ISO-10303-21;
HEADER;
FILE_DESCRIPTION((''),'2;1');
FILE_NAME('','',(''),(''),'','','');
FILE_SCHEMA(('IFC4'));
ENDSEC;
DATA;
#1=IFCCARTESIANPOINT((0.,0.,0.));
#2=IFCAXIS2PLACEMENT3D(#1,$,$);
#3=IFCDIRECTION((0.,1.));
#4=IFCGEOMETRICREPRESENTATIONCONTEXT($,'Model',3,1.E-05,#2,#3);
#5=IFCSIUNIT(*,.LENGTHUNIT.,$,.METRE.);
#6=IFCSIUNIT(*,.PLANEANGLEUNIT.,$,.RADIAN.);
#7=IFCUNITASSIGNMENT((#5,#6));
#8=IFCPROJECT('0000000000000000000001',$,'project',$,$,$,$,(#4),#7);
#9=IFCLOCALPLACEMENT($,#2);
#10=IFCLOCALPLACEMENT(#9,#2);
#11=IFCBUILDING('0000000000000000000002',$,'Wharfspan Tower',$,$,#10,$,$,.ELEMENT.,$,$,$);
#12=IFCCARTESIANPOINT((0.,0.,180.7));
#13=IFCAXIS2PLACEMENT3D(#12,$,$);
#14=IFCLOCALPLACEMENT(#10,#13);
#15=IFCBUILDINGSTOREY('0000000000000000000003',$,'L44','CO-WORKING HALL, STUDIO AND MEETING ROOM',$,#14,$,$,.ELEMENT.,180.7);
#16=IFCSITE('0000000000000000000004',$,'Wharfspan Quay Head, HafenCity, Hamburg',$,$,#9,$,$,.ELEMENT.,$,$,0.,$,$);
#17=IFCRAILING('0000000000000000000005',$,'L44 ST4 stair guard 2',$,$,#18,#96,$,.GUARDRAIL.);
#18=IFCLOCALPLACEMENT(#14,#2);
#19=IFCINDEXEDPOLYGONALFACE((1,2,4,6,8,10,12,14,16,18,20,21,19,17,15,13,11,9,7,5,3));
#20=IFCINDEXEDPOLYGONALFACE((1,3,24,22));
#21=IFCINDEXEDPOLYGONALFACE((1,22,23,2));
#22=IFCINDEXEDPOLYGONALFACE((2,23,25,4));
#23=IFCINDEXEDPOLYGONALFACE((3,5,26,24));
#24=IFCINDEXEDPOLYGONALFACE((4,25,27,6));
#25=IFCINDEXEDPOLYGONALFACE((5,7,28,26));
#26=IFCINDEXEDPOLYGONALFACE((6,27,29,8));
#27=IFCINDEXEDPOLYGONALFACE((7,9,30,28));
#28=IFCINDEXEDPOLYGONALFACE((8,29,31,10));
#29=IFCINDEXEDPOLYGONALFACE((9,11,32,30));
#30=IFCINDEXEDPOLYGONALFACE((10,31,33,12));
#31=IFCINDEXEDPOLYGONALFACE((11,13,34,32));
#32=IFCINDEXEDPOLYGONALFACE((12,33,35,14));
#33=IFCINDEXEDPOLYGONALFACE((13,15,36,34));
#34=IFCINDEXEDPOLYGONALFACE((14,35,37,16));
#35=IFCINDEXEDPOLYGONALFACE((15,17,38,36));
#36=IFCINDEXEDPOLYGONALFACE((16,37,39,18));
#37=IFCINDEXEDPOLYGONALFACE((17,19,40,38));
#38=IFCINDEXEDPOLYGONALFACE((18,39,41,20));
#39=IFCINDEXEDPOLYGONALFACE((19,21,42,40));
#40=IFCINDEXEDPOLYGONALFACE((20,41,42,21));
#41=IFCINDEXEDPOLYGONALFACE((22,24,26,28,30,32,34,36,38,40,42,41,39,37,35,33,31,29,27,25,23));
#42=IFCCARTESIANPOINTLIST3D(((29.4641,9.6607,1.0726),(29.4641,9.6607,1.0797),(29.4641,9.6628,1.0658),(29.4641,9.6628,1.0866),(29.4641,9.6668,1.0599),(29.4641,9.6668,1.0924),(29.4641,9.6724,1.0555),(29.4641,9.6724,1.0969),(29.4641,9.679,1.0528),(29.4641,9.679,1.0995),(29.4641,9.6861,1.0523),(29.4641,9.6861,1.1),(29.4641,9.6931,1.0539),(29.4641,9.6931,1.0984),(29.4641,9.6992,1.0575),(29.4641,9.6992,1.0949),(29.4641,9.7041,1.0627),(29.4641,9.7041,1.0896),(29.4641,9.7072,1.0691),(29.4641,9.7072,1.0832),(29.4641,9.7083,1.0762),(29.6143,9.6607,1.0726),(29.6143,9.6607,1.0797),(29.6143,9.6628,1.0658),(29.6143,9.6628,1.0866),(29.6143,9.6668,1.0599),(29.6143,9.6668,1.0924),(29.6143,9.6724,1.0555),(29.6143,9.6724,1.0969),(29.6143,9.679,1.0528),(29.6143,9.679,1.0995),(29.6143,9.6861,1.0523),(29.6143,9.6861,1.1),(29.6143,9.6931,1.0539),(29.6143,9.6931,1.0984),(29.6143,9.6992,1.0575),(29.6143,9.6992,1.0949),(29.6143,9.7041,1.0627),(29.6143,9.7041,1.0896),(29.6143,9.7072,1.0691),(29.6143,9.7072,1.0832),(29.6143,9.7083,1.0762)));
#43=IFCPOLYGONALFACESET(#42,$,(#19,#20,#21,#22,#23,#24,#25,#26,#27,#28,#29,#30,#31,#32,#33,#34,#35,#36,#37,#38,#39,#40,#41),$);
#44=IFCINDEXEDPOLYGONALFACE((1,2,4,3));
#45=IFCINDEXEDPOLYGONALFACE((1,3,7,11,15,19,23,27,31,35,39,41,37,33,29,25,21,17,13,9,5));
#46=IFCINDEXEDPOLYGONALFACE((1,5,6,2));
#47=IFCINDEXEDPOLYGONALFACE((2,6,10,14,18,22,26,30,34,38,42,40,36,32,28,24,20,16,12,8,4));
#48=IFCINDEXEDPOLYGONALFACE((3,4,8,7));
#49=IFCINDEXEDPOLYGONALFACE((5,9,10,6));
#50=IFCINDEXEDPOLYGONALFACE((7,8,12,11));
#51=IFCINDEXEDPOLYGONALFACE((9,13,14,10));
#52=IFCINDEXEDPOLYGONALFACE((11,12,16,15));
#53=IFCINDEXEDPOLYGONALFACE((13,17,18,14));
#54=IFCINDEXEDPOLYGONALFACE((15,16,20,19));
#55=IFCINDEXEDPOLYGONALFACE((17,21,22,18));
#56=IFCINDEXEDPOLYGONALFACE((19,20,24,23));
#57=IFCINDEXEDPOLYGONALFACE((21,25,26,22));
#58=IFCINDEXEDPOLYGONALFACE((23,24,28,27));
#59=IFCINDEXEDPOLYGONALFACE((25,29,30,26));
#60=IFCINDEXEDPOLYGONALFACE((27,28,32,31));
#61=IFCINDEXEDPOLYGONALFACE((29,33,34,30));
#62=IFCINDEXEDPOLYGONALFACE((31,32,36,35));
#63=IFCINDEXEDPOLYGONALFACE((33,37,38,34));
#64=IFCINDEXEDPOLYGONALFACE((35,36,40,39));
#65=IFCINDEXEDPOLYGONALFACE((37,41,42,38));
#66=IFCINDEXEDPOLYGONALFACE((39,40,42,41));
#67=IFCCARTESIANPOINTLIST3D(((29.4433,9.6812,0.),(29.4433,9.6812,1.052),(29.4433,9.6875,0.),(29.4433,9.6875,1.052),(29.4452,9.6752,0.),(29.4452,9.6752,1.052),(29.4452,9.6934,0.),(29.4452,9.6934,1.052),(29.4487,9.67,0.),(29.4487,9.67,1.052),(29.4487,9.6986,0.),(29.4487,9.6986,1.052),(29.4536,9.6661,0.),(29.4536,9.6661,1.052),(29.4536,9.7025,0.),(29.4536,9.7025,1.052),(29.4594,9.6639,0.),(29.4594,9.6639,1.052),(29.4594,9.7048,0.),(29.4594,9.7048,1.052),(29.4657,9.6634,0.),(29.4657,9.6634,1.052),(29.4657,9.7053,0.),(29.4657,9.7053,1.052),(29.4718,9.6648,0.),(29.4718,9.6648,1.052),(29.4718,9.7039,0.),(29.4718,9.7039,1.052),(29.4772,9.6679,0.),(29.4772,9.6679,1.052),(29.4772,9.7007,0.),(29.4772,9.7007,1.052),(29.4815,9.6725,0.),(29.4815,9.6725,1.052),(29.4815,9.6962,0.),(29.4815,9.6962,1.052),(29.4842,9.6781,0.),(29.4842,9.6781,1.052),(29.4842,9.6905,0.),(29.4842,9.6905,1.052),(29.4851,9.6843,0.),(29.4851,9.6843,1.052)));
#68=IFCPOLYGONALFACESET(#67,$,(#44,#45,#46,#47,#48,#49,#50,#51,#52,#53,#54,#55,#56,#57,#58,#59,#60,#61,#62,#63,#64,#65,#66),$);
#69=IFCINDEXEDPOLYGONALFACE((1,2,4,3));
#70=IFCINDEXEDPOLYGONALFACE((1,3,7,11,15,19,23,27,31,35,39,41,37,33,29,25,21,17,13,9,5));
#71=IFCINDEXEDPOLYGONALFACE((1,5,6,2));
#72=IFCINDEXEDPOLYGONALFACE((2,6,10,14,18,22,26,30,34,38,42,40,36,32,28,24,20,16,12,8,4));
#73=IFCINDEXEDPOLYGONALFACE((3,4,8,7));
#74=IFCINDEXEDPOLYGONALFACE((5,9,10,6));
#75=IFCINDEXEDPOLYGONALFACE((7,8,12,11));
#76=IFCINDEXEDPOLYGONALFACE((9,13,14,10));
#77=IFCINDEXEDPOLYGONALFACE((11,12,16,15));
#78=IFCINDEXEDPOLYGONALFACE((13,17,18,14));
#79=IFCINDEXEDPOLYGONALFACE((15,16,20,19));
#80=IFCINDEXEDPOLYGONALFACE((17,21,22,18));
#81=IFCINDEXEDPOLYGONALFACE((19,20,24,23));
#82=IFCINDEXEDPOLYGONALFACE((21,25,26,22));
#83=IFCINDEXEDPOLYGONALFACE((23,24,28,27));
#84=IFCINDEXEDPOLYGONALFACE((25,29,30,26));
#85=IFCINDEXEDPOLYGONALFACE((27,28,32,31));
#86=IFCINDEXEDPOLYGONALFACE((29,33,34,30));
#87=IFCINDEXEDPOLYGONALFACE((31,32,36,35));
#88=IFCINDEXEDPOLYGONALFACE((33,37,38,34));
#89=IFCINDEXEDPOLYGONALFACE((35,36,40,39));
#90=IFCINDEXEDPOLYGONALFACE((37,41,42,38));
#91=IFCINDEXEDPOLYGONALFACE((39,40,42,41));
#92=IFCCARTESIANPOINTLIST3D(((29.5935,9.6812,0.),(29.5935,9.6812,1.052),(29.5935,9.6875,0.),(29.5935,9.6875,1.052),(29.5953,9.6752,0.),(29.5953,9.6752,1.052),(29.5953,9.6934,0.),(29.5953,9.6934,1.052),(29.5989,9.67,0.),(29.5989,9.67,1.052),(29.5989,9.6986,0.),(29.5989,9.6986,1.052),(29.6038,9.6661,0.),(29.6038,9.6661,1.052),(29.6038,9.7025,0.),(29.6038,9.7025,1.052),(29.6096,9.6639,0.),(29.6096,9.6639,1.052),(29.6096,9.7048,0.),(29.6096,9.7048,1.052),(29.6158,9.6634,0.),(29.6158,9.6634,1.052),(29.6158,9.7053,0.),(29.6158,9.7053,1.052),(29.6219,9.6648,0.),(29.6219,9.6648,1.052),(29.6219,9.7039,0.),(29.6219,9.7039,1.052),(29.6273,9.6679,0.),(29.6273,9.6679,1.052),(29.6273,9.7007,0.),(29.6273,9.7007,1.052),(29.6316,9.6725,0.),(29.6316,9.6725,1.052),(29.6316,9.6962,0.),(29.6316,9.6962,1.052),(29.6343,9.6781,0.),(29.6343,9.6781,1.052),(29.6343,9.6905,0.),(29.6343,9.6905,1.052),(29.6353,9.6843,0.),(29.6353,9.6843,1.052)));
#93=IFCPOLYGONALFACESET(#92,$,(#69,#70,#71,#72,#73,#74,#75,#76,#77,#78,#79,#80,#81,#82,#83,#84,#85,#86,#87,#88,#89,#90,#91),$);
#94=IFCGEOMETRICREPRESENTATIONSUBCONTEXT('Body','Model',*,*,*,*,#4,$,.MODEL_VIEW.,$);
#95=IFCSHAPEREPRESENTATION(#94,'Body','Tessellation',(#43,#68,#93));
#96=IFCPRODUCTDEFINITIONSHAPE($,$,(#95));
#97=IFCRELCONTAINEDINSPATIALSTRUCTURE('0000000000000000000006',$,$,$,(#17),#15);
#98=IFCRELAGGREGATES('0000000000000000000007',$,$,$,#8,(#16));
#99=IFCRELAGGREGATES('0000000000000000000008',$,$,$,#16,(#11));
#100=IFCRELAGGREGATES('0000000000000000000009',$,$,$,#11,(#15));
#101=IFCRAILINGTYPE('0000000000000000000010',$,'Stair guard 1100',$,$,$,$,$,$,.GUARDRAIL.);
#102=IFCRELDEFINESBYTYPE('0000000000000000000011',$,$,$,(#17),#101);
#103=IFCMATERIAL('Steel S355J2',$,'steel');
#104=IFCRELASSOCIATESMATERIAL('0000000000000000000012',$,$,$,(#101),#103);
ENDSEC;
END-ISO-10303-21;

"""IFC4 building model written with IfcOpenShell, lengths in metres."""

from ifc_helpers import new_model, si_unit, direction, frame, origin, origin_2d, place, context, subcontext, project, spatial, circle, extrude, material, type_object, element, save


model = new_model("IFC4")

# Units and contexts
model_context = context("Model", 3, precision=1e-05, world=origin(), true_north=direction((0.0, 1.0)))
body_context = subcontext(model_context, "Body", "Model", "MODEL_VIEW")
ifc_project = project(units=[si_unit("LENGTHUNIT", "METRE"), si_unit("PLANEANGLEUNIT", "RADIAN")], contexts=[model_context])

# Site, building, storey
site_placement = place(None, origin())
site = spatial("IfcSite", under=ifc_project, at=site_placement, Name="Wharfspan Quay Head, HafenCity, Hamburg", CompositionType="ELEMENT", RefElevation=0.0)
building_placement = place(site_placement, origin())
building = spatial("IfcBuilding", under=site, at=building_placement, Name="Wharfspan Tower", CompositionType="ELEMENT")
storey_placement = place(building_placement, frame((0.0, 0.0, 180.7)))
storey = spatial("IfcBuildingStorey", under=building, at=storey_placement, Name="L44", Description="CO-WORKING HALL, STUDIO AND MEETING ROOM", CompositionType="ELEMENT", Elevation=180.7)

# Shared definitions
ifc_material_1 = material(Name="Steel S355J2", Category="steel")

# Railing
railing_type_1 = type_object("IfcRailingType", Name="Stair guard 1100", PredefinedType="GUARDRAIL", material=ifc_material_1)
railing_1_placement = place(storey_placement, frame((29.4641, 9.6843, 0.0)))
element("IfcRailing", 1, at=railing_1_placement, inside=storey, type_object=railing_type_1, Name="L44 ST4 stair guard 2", PredefinedType="GUARDRAIL", context=body_context, shape_type="SweptSolid", body=[
    extrude(circle(Radius=0.0239, at=origin_2d()), frame((0.0, 0.0, 1.0762), z_axis=(1.0, 0.0, 0.0), x_axis=(0.0, 1.0, 0.0)), (0.0, 0.0, 1.0), 0.1501),
    extrude(circle(Radius=0.021, at=origin_2d()), origin(), (0.0, 0.0, 1.0), 1.052),
    extrude(circle(Radius=0.021, at=origin_2d()), frame((0.1501, 0.0, 0.0)), (0.0, 0.0, 1.0), 1.052),
])

save(model, "model.ifc")
